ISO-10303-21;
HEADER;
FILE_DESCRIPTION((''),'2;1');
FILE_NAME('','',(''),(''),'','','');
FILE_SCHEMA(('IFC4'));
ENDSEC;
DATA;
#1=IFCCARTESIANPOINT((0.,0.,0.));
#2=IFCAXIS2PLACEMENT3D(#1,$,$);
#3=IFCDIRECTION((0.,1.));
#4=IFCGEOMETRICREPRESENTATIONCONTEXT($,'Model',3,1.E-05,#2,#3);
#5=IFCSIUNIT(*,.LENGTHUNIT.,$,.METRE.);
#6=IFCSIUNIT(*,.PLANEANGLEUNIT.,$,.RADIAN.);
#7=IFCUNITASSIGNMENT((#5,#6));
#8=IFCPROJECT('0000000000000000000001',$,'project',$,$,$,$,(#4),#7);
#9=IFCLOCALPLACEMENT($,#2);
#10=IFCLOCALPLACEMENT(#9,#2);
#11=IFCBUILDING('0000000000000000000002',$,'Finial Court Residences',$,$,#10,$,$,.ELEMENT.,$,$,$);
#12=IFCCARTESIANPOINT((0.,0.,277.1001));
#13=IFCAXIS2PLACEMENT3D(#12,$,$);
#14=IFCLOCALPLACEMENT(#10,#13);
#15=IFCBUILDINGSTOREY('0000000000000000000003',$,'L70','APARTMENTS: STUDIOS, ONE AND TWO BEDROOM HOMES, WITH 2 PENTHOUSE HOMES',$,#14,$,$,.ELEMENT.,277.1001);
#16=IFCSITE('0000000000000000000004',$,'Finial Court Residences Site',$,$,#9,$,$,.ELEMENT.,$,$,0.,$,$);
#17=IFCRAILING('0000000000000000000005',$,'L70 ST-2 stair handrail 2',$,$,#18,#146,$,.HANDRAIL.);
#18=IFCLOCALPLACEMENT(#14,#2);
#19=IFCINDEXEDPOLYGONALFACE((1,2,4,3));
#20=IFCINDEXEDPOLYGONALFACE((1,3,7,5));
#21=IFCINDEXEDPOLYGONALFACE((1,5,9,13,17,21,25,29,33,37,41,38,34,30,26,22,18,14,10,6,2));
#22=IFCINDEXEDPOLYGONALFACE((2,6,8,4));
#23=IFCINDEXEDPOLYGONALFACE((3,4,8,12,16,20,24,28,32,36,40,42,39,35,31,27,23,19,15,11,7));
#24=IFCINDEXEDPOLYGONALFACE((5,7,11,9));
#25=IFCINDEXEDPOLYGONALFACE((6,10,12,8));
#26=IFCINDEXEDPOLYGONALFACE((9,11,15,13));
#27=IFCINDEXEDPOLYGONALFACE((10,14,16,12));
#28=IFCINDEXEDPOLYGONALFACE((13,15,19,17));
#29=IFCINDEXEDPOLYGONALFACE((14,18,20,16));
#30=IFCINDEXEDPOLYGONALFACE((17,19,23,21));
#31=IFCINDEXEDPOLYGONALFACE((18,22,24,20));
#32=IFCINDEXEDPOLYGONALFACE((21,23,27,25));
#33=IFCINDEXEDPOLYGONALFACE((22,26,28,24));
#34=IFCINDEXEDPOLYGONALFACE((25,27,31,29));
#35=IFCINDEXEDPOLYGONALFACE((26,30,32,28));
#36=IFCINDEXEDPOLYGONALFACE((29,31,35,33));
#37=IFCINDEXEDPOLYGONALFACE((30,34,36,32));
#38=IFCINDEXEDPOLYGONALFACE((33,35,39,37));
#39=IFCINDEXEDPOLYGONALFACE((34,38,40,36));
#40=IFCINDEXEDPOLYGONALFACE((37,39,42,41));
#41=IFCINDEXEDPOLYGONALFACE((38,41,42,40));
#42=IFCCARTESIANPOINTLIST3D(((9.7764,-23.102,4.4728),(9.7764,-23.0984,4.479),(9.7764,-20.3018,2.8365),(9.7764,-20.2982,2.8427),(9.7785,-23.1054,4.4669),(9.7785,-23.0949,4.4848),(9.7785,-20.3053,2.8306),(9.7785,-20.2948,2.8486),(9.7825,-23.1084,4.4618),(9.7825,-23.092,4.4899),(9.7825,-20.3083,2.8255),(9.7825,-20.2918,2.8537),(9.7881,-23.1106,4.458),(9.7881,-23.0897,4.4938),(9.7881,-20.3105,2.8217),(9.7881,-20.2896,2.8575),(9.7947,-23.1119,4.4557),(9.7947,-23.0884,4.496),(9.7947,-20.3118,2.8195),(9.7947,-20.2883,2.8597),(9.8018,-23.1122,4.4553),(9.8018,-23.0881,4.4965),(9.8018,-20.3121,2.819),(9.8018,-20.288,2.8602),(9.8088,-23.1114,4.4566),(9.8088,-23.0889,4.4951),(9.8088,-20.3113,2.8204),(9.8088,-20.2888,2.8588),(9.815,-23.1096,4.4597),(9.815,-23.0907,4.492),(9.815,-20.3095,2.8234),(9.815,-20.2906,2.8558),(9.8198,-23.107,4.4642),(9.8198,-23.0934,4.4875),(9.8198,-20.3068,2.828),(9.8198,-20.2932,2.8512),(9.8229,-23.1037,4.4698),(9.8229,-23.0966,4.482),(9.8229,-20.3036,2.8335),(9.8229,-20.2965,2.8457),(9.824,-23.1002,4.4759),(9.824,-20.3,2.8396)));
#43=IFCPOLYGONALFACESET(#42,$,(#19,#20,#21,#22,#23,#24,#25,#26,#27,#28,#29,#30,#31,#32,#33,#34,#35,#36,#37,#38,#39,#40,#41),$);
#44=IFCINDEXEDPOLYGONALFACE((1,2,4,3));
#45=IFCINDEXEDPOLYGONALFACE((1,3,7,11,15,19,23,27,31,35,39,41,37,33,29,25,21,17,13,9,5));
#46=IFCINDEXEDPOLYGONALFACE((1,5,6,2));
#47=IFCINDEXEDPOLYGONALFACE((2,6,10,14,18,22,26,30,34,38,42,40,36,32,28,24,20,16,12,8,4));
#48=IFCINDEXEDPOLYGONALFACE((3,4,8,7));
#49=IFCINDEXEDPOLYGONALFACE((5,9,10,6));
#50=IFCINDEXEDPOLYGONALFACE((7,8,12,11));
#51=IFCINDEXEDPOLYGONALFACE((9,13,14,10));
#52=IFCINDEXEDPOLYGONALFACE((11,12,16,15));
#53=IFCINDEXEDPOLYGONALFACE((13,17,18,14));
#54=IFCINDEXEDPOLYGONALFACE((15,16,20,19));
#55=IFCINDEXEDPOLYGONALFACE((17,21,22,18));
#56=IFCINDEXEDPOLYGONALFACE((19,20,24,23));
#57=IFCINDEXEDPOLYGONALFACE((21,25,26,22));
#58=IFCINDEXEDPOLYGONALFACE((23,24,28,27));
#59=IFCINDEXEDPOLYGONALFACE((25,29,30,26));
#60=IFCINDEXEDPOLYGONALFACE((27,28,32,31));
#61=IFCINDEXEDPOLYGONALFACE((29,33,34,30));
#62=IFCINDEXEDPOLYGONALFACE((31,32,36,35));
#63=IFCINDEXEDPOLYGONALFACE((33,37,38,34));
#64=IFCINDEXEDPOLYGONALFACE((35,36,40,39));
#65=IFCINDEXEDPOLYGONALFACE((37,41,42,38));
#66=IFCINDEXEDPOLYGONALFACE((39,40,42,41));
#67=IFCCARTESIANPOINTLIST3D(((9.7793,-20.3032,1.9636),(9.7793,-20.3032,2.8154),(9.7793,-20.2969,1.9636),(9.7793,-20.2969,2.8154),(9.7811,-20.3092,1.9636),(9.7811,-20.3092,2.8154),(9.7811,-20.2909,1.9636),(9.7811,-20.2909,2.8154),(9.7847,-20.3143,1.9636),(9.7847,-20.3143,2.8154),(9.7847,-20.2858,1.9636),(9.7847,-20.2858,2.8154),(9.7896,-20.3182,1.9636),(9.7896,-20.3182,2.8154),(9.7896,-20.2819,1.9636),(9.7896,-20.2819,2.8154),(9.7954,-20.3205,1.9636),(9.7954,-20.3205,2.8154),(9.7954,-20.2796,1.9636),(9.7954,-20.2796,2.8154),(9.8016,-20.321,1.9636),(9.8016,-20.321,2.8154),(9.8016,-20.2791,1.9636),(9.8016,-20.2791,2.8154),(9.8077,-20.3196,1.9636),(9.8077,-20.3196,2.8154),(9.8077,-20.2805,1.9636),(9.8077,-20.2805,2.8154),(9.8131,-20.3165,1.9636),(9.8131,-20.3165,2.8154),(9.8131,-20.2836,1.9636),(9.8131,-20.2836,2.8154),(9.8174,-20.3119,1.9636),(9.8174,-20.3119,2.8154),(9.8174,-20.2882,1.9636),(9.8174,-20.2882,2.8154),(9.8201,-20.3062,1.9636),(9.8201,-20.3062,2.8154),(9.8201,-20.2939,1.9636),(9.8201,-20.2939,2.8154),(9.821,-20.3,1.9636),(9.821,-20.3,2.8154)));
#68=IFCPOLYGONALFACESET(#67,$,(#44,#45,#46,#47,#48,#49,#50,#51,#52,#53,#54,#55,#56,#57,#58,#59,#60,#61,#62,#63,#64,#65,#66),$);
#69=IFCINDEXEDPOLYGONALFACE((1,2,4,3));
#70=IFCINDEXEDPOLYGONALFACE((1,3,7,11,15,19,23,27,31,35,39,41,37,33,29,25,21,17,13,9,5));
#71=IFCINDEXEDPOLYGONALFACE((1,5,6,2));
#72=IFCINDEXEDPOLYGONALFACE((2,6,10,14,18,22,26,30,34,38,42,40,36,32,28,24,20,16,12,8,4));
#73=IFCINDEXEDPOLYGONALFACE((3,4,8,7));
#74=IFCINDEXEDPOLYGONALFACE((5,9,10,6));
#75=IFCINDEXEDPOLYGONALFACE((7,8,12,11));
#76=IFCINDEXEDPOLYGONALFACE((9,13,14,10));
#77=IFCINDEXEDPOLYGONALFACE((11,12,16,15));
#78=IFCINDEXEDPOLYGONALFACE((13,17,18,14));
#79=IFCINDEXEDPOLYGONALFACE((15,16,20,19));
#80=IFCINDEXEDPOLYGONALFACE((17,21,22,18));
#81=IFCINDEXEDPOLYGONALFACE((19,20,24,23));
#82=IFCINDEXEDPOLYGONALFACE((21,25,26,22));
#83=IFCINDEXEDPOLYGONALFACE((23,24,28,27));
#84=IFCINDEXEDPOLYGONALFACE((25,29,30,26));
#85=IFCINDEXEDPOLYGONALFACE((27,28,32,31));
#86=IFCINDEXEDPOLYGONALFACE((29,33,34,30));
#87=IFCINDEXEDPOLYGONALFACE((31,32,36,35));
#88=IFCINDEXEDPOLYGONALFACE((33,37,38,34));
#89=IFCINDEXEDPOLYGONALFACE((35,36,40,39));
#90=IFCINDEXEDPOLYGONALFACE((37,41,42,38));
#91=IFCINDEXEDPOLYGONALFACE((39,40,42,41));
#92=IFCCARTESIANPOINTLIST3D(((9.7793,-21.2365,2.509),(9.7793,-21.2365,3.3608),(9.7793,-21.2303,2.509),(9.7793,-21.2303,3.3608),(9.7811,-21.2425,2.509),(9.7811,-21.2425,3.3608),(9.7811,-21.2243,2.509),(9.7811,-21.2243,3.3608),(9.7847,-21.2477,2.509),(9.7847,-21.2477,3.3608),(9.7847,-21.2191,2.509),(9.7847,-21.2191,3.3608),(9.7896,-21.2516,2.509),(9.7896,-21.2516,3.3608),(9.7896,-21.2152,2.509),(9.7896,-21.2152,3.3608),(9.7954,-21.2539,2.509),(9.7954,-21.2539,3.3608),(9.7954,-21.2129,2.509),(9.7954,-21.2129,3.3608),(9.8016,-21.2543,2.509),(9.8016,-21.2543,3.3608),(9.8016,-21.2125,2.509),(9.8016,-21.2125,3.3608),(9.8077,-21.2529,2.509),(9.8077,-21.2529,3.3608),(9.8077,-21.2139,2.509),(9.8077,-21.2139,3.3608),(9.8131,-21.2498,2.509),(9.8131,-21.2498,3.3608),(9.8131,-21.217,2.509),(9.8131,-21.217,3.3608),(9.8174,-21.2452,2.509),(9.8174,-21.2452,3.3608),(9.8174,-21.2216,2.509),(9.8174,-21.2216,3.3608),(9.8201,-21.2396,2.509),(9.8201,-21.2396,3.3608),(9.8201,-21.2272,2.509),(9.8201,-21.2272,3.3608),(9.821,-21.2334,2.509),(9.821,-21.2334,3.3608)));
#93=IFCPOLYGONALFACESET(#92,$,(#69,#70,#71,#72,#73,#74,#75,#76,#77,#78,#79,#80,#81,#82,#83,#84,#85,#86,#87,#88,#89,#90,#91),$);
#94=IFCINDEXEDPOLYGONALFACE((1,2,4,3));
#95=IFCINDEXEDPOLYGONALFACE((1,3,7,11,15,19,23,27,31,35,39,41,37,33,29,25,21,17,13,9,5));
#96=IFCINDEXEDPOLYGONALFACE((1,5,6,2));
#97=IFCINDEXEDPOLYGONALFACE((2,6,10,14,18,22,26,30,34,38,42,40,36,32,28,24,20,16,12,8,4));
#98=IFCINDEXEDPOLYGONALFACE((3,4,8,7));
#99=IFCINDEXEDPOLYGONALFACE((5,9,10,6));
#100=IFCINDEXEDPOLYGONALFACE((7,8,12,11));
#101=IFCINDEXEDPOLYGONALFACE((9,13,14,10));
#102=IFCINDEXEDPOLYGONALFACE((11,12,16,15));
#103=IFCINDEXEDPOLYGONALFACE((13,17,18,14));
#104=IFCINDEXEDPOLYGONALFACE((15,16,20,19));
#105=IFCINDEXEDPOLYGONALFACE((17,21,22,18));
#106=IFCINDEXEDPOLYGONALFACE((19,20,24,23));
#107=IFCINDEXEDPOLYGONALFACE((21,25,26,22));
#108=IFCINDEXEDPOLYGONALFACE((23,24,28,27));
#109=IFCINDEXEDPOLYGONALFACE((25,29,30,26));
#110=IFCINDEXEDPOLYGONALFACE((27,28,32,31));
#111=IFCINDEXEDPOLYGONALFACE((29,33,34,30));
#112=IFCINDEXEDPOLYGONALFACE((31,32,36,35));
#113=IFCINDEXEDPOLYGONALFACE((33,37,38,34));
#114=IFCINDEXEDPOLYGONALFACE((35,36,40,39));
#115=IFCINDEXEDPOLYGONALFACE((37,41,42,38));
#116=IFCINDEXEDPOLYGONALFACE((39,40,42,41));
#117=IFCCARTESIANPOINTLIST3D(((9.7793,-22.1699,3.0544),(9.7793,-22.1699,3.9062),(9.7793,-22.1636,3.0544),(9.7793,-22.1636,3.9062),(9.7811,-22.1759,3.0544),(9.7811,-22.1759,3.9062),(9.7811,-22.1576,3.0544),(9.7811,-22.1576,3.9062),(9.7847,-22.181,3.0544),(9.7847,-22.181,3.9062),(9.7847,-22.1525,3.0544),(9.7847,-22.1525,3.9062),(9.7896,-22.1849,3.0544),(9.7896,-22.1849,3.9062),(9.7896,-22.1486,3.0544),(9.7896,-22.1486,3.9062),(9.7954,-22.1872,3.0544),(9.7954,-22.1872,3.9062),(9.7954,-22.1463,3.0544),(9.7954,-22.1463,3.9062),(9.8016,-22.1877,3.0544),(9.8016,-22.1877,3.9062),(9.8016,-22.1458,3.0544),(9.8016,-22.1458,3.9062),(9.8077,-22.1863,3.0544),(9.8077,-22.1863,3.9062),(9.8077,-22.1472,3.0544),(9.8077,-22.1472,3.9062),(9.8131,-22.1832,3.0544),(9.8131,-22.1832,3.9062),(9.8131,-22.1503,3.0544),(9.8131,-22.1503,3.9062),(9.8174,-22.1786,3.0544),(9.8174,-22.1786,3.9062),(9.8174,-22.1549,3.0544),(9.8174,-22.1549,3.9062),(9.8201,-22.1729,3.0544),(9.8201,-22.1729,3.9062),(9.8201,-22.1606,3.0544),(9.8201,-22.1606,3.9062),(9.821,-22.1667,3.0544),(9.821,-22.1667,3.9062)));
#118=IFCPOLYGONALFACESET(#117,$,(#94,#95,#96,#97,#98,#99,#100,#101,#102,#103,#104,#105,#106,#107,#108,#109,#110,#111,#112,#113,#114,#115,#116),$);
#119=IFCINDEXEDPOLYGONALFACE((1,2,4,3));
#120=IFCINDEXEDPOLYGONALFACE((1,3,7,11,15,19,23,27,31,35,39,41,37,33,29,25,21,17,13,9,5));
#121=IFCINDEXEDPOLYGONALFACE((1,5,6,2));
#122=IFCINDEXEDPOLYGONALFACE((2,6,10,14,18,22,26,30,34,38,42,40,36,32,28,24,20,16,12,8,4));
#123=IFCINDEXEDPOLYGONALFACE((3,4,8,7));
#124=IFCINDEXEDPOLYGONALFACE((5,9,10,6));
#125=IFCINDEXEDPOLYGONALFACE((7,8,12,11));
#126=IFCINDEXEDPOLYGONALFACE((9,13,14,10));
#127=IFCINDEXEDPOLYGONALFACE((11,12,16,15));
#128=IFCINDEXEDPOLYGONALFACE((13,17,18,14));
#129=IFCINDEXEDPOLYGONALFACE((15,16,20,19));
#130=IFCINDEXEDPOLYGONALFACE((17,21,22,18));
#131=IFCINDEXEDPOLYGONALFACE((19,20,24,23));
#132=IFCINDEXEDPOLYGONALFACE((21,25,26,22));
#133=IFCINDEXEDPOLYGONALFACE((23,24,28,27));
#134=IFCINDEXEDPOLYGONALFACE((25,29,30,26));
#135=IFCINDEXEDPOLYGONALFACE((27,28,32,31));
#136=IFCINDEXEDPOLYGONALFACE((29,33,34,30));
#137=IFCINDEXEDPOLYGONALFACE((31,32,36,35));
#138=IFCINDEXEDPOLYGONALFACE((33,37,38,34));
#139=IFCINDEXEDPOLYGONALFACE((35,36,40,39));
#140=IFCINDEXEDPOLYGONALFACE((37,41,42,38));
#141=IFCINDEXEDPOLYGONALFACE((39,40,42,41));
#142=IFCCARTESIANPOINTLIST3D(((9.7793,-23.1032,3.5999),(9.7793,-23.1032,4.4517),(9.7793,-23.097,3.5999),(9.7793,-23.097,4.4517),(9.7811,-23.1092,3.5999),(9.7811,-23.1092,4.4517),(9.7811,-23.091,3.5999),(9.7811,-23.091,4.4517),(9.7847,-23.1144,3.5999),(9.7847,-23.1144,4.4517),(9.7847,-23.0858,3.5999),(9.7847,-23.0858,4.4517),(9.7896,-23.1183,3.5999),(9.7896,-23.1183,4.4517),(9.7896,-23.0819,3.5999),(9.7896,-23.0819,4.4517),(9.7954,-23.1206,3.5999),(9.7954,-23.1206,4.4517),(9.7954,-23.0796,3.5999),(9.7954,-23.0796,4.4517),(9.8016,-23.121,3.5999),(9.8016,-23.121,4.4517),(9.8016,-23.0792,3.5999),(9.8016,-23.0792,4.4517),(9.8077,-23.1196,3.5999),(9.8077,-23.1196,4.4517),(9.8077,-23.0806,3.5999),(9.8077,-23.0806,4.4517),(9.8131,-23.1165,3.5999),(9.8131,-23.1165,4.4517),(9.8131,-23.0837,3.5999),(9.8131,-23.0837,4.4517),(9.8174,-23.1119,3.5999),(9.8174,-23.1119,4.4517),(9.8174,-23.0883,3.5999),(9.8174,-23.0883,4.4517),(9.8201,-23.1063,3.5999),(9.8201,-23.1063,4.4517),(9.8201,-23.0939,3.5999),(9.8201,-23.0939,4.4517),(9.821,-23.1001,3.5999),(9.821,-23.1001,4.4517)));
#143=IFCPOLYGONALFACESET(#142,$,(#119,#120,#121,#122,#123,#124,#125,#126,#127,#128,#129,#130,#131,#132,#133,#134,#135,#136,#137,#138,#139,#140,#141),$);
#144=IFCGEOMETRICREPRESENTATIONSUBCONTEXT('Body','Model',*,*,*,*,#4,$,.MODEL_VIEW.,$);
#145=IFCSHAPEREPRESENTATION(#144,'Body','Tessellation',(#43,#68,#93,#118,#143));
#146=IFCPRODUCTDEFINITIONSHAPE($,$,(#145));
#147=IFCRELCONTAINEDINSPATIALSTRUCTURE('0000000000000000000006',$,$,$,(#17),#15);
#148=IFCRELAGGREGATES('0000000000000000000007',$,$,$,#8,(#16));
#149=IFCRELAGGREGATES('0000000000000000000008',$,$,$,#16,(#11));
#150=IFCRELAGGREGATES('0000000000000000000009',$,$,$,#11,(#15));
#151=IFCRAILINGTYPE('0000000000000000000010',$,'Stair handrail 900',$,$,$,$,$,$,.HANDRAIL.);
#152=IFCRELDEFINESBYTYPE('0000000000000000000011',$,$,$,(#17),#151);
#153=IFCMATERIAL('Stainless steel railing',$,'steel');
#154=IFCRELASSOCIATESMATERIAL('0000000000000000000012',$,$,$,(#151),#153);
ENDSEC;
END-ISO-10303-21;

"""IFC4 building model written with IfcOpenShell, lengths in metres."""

from ifc_helpers import new_model, si_unit, direction, frame, origin, origin_2d, place, context, subcontext, project, spatial, circle, extrude, material, type_object, element, save


model = new_model("IFC4")

# Units and contexts
model_context = context("Model", 3, precision=1e-05, world=origin(), true_north=direction((0.0, 1.0)))
body_context = subcontext(model_context, "Body", "Model", "MODEL_VIEW")
ifc_project = project(units=[si_unit("LENGTHUNIT", "METRE"), si_unit("PLANEANGLEUNIT", "RADIAN")], contexts=[model_context])

# Site, building, storey
site_placement = place(None, origin())
site = spatial("IfcSite", under=ifc_project, at=site_placement, Name="Finial Court Residences Site", CompositionType="ELEMENT", RefElevation=0.0)
building_placement = place(site_placement, origin())
building = spatial("IfcBuilding", under=site, at=building_placement, Name="Finial Court Residences", CompositionType="ELEMENT")
storey_placement = place(building_placement, frame((0.0, 0.0, 277.1001)))
storey = spatial("IfcBuildingStorey", under=building, at=storey_placement, Name="L70", Description="APARTMENTS: STUDIOS, ONE AND TWO BEDROOM HOMES, WITH 2 PENTHOUSE HOMES", CompositionType="ELEMENT", Elevation=277.1001)

# Railing
ifc_material_1 = material(Name="Stainless steel railing", Category="steel")
railing_type_1 = type_object("IfcRailingType", Name="Stair handrail 900", PredefinedType="HANDRAIL", material=ifc_material_1)
railing_1_placement = place(storey_placement, frame((9.8, -20.3, 1.9636)))
element("IfcRailing", 1, at=railing_1_placement, inside=storey, type_object=railing_type_1, Name="L70 ST-2 stair handrail 2", PredefinedType="HANDRAIL", context=body_context, shape_type="SweptSolid", body=[
    extrude(circle(Radius=0.0239, at=origin_2d()), frame((0.0, 0.0, 0.876), z_axis=(0.0, -0.863394, 0.504531), x_axis=(1.0, 0.0, 0.0)), (0.0, 0.0, 1.0), 3.2432),
    extrude(circle(Radius=0.021, at=origin_2d()), origin(), (0.0, 0.0, 1.0), 0.8518),
    extrude(circle(Radius=0.021, at=origin_2d()), frame((0.0, -0.9333, 0.5454)), (0.0, 0.0, 1.0), 0.8518),
    extrude(circle(Radius=0.021, at=origin_2d()), frame((0.0, -1.8667, 1.0908)), (0.0, 0.0, 1.0), 0.8518),
    extrude(circle(Radius=0.021, at=origin_2d()), frame((0.0, -2.8, 1.6362)), (0.0, 0.0, 1.0), 0.8518),
])

save(model, "model.ifc")
